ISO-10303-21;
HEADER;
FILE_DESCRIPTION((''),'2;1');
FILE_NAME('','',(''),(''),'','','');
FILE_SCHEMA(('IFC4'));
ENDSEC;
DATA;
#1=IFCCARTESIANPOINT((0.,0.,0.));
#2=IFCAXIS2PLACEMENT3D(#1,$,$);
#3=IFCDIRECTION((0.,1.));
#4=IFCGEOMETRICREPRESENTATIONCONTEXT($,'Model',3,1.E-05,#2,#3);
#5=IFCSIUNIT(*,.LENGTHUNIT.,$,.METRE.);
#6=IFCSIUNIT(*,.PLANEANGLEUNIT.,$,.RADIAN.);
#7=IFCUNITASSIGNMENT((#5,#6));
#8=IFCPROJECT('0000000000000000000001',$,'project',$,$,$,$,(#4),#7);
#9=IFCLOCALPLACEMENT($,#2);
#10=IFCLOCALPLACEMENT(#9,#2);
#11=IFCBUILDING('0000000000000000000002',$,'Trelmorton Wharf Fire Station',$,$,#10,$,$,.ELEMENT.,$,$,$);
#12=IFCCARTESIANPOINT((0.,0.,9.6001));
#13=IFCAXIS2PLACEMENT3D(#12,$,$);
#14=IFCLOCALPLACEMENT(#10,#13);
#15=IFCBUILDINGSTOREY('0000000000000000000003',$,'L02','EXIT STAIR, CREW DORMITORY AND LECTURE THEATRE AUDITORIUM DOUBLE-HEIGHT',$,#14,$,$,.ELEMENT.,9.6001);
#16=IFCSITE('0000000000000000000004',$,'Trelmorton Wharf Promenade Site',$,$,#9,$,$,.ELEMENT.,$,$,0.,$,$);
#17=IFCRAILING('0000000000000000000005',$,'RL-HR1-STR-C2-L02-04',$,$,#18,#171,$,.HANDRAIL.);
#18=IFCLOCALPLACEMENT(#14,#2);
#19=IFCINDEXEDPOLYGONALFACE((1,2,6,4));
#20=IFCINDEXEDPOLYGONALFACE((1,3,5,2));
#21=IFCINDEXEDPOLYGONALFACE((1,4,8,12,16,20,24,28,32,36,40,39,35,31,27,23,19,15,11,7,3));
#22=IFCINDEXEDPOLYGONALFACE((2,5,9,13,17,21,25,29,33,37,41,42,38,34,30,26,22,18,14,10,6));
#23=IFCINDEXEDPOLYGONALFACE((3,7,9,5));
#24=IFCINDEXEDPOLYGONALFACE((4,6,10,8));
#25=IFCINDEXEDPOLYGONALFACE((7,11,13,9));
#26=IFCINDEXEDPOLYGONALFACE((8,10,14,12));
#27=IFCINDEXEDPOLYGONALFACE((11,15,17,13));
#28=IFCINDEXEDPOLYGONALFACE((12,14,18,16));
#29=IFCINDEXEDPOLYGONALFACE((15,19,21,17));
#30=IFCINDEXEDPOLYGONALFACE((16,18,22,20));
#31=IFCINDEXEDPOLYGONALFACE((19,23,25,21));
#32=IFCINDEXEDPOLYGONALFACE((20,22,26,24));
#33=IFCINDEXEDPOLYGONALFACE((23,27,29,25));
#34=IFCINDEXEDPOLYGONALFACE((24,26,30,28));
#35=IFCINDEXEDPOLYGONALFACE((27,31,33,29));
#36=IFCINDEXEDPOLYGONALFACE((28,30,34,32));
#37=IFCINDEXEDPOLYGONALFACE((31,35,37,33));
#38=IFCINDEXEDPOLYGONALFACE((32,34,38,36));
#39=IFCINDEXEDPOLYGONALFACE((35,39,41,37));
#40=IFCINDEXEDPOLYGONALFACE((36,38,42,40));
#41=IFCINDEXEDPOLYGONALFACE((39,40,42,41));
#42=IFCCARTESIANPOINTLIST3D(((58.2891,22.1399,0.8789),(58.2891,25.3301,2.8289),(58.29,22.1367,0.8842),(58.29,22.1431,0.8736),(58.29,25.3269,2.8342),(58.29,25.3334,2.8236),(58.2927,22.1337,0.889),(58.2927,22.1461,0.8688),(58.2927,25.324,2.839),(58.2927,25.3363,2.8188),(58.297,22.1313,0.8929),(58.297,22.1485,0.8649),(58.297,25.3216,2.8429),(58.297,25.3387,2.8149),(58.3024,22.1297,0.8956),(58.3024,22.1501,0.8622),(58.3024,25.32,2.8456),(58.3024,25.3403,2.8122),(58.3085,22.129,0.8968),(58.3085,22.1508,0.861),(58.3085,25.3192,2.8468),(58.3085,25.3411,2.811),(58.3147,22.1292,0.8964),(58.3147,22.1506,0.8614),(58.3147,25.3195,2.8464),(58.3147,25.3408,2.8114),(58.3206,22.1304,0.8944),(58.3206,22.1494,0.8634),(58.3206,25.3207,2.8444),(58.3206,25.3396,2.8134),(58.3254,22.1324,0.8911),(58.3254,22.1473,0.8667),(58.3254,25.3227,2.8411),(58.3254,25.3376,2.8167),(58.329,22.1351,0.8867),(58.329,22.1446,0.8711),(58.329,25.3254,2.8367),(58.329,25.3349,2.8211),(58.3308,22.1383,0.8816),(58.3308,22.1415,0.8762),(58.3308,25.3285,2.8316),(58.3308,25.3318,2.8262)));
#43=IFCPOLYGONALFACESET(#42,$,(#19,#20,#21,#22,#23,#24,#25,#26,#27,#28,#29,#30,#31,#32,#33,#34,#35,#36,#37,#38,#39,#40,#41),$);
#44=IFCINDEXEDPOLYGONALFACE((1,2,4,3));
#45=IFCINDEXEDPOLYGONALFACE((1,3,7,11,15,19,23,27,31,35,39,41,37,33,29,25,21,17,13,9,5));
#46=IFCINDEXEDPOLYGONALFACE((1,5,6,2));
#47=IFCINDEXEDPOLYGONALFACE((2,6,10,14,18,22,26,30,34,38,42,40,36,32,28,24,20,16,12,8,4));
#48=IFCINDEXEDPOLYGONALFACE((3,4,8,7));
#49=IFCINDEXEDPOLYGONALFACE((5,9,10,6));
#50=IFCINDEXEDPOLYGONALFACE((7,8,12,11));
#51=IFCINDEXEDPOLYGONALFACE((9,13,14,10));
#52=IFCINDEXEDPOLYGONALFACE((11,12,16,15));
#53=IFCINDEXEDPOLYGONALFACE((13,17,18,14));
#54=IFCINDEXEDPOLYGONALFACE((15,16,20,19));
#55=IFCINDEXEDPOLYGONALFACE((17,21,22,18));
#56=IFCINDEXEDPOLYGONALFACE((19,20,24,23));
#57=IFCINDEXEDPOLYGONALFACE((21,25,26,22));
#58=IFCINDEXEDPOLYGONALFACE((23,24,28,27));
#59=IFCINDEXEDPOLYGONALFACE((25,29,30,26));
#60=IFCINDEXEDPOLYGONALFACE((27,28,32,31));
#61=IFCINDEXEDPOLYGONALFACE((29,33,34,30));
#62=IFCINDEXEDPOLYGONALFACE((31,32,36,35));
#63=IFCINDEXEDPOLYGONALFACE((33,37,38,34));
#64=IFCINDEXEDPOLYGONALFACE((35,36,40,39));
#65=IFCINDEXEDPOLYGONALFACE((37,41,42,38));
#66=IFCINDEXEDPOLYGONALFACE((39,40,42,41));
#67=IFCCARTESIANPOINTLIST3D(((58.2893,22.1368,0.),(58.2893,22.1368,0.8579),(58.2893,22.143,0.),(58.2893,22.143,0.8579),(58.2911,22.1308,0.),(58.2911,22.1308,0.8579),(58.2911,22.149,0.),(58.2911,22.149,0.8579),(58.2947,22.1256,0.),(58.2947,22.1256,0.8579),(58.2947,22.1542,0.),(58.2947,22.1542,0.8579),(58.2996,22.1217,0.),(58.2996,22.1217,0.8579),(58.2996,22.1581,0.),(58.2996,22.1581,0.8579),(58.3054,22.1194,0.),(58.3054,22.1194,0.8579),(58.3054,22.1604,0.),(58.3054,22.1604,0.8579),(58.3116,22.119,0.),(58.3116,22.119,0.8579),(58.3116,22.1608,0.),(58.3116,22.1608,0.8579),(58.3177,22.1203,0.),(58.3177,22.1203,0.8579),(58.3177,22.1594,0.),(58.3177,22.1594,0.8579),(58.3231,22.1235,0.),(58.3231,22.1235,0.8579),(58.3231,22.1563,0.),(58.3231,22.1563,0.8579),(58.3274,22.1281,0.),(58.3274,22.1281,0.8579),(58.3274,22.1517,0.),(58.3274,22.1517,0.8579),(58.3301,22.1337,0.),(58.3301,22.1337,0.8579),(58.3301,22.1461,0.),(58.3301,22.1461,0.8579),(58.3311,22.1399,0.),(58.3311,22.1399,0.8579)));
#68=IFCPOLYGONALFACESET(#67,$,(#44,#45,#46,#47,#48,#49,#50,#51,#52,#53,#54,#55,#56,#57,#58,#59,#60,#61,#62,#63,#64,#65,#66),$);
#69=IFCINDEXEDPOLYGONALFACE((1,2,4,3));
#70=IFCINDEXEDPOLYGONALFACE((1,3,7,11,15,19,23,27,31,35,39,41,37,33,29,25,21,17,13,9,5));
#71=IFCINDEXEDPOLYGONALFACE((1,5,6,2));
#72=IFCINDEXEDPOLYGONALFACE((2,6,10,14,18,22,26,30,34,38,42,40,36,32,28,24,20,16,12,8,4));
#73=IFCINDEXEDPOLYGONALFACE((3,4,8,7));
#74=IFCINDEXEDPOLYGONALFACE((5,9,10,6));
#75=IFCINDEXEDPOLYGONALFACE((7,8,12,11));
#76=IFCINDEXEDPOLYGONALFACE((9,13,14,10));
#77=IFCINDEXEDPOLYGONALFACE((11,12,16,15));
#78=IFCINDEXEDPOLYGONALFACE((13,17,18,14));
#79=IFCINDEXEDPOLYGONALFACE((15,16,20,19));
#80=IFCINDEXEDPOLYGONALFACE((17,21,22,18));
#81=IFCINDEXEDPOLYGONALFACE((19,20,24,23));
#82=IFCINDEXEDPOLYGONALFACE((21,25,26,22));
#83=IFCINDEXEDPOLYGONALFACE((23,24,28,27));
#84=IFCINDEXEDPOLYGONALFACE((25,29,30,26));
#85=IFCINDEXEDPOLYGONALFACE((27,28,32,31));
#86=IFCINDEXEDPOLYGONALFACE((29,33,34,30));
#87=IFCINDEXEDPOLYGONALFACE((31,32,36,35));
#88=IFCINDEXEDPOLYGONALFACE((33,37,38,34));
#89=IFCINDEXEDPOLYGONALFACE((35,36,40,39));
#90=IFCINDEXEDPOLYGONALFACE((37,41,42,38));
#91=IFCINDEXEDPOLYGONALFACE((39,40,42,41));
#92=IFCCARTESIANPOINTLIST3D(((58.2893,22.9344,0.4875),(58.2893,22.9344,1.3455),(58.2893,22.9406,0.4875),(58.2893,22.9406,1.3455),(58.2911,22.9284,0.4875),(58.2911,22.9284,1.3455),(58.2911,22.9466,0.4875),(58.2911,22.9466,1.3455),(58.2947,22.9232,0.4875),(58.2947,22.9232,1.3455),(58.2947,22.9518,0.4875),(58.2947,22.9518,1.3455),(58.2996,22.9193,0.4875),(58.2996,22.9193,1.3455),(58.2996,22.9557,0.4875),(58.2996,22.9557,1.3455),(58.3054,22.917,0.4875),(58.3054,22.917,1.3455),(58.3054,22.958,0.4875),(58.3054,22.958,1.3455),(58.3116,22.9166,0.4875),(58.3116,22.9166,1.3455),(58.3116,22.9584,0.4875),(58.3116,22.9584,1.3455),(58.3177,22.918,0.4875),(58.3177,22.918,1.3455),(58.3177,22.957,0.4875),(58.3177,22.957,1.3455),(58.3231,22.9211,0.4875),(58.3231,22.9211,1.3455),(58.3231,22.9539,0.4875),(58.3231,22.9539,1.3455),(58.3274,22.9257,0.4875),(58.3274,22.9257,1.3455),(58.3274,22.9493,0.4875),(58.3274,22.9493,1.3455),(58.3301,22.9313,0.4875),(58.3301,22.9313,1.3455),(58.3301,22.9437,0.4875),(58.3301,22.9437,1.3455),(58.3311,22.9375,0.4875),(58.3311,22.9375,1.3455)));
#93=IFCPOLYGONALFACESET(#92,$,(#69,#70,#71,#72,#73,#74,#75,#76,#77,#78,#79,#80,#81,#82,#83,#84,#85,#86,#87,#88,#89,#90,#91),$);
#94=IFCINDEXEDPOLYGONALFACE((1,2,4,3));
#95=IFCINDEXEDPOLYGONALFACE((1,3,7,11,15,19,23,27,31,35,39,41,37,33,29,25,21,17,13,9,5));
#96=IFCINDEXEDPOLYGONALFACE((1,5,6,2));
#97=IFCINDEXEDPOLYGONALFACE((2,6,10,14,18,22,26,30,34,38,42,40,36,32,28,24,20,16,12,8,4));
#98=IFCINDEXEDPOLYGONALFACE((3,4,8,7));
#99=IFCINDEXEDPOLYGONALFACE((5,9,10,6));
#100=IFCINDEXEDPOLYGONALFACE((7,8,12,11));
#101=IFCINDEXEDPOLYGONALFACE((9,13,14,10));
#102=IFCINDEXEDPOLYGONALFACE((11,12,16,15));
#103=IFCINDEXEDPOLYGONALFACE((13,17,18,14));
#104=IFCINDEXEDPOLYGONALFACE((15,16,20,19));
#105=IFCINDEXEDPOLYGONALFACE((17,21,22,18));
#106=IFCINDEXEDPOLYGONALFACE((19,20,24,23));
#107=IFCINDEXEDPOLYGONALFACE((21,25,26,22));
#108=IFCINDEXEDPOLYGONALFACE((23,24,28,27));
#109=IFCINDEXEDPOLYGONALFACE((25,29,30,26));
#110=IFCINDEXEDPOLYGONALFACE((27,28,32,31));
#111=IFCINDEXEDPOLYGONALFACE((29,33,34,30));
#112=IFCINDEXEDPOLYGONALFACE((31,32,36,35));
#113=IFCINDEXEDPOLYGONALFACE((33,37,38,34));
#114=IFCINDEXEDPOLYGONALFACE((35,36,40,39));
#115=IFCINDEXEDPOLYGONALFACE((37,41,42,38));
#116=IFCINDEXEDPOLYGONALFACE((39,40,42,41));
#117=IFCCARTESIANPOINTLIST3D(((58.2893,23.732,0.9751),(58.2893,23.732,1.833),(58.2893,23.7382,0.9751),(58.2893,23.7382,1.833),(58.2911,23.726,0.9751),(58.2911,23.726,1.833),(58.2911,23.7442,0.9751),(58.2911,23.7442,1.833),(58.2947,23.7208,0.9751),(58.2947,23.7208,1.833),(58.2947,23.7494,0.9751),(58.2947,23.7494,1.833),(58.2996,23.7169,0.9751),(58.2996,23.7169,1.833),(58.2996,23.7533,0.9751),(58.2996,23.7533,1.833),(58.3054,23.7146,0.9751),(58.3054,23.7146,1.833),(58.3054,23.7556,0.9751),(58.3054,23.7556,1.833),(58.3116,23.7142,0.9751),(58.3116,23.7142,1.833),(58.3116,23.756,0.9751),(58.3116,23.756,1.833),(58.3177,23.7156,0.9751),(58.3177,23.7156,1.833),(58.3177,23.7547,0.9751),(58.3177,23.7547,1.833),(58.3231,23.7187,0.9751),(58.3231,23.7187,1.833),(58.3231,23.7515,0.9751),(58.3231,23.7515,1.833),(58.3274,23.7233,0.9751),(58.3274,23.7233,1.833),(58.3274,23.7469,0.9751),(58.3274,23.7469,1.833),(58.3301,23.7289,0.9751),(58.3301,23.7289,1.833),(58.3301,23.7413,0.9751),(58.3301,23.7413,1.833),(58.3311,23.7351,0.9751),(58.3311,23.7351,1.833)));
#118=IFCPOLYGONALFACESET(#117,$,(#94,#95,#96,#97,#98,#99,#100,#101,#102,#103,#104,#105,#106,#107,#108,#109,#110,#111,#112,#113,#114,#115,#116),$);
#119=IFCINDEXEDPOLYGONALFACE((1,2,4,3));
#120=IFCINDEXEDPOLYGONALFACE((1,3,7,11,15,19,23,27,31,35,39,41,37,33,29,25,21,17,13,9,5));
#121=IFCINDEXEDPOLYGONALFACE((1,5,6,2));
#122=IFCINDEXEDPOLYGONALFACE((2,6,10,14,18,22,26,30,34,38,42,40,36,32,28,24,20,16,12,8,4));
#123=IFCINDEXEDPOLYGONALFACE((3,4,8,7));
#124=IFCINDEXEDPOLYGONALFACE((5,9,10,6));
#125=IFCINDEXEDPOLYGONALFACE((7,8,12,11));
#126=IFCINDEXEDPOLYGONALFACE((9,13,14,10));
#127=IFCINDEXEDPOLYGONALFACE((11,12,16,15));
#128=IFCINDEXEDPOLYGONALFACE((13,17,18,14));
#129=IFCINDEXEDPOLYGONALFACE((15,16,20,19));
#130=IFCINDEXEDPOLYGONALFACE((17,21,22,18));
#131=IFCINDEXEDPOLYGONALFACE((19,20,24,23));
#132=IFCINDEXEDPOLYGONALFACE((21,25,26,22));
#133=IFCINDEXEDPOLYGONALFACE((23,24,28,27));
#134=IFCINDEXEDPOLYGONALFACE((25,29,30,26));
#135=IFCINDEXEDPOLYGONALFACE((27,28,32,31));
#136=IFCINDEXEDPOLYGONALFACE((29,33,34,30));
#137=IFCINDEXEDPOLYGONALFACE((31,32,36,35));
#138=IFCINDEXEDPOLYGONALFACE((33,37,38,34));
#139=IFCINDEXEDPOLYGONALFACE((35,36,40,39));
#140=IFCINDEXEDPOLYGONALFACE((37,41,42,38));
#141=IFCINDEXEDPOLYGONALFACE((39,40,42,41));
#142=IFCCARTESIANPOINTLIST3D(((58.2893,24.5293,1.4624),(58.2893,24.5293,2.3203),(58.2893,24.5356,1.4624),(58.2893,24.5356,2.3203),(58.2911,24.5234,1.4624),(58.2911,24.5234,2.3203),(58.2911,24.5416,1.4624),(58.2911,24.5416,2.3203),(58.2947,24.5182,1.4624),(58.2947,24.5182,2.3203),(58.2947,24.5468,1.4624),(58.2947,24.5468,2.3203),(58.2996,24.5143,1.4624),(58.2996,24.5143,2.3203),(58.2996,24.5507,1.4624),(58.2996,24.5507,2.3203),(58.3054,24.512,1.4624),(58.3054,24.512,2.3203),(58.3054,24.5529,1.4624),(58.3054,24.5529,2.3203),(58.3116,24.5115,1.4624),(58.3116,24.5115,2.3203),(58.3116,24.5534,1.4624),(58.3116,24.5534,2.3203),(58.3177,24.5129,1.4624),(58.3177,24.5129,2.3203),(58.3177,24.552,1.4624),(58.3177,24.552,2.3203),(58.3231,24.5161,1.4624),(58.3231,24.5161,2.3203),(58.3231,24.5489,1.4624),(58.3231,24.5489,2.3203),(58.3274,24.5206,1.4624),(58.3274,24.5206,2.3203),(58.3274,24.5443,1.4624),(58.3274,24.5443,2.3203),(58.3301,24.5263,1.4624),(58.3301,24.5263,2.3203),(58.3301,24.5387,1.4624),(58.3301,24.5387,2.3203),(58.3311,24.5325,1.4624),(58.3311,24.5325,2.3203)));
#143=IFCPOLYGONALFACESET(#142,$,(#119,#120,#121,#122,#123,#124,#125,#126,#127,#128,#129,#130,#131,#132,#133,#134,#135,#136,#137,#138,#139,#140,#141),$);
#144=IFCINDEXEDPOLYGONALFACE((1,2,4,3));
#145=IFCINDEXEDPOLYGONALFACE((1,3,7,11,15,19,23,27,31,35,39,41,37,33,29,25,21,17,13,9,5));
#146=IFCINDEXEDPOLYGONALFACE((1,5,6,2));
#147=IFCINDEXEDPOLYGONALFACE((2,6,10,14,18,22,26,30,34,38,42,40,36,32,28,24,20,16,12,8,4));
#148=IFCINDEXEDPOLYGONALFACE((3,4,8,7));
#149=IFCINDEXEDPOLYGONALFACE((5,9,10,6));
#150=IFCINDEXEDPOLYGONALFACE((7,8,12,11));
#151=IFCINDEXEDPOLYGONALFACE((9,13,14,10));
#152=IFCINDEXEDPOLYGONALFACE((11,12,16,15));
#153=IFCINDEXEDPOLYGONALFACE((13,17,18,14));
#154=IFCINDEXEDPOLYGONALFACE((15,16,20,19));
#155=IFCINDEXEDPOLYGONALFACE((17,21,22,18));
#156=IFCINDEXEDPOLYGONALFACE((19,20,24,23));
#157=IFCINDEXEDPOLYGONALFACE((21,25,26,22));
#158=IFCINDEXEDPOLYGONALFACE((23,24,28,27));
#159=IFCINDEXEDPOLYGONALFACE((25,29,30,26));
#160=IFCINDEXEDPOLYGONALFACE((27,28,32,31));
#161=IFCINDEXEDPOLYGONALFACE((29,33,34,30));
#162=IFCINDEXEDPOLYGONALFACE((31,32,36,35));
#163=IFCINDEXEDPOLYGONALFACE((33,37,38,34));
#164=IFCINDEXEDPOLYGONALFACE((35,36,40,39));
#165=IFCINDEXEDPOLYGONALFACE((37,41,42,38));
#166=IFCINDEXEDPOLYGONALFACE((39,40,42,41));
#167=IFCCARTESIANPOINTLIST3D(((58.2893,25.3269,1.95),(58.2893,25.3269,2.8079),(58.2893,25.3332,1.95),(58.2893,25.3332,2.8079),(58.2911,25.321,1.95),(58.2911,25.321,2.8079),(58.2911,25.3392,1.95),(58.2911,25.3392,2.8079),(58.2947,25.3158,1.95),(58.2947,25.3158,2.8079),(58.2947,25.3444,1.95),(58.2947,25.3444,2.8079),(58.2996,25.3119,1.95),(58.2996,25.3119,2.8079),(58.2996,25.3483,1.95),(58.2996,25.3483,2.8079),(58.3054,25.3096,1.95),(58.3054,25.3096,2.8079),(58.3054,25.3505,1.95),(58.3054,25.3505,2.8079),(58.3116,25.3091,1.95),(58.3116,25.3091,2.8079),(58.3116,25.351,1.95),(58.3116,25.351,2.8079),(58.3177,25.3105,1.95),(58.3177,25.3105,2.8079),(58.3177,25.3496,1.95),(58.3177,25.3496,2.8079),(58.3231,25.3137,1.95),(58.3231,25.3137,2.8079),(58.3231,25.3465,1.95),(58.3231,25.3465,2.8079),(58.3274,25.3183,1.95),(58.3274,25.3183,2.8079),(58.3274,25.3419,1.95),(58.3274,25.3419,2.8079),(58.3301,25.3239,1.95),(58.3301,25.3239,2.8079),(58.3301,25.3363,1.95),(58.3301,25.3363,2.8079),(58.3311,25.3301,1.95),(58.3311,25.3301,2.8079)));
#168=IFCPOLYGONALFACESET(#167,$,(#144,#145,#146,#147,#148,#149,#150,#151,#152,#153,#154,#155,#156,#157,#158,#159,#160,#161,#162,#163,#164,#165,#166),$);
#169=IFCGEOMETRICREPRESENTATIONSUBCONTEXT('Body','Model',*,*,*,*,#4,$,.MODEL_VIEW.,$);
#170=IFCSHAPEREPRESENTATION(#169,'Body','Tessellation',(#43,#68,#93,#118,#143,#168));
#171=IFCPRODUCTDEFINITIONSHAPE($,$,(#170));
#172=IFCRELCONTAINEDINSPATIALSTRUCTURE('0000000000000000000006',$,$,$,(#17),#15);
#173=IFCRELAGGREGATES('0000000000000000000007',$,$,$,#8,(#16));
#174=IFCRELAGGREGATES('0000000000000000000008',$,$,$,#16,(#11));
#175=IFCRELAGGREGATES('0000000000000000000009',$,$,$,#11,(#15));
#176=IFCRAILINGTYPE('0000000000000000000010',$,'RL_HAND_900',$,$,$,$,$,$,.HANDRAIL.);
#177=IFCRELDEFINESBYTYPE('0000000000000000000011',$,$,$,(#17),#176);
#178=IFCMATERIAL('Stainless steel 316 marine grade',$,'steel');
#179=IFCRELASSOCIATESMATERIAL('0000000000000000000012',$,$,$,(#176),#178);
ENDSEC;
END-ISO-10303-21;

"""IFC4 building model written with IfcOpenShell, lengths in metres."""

from ifc_helpers import new_model, si_unit, direction, frame, origin, origin_2d, place, context, subcontext, project, spatial, circle, extrude, material, type_object, element, save


model = new_model("IFC4")

# Units and contexts
model_context = context("Model", 3, precision=1e-05, world=origin(), true_north=direction((0.0, 1.0)))
body_context = subcontext(model_context, "Body", "Model", "MODEL_VIEW")
ifc_project = project(units=[si_unit("LENGTHUNIT", "METRE"), si_unit("PLANEANGLEUNIT", "RADIAN")], contexts=[model_context])

# Site, building, storey
site_placement = place(None, origin())
site = spatial("IfcSite", under=ifc_project, at=site_placement, Name="Trelmorton Wharf Promenade Site", CompositionType="ELEMENT", RefElevation=0.0)
building_placement = place(site_placement, origin())
building = spatial("IfcBuilding", under=site, at=building_placement, Name="Trelmorton Wharf Fire Station", CompositionType="ELEMENT")
storey_placement = place(building_placement, frame((0.0, 0.0, 9.6001)))
storey = spatial("IfcBuildingStorey", under=building, at=storey_placement, Name="L02", Description="EXIT STAIR, CREW DORMITORY AND LECTURE THEATRE AUDITORIUM DOUBLE-HEIGHT", CompositionType="ELEMENT", Elevation=9.6001)

# Shared definitions
ifc_material_1 = material(Name="Stainless steel 316 marine grade", Category="steel")

# Railing
railing_type_1 = type_object("IfcRailingType", Name="RL_HAND_900", PredefinedType="HANDRAIL", material=ifc_material_1)
railing_1_placement = place(storey_placement, frame((58.3101, 22.1399, 0.0)))
element("IfcRailing", 1, at=railing_1_placement, inside=storey, type_object=railing_type_1, Name="RL-HR1-STR-C2-L02-04", PredefinedType="HANDRAIL", context=body_context, shape_type="SweptSolid", body=[
    extrude(circle(Radius=0.021, at=origin_2d()), frame((0.0, 0.0, 0.8789), z_axis=(0.0, 0.853235, 0.521527), x_axis=(-1.0, 0.0, 0.0)), (0.0, 0.0, 1.0), 3.739),
    extrude(circle(Radius=0.021, at=origin_2d()), origin(), (0.0, 0.0, 1.0), 0.8579),
    extrude(circle(Radius=0.021, at=origin_2d()), frame((0.0, 0.7976, 0.4875)), (0.0, 0.0, 1.0), 0.8579),
    extrude(circle(Radius=0.021, at=origin_2d()), frame((0.0, 1.5952, 0.9751)), (0.0, 0.0, 1.0), 0.8579),
    extrude(circle(Radius=0.021, at=origin_2d()), frame((0.0, 2.3926, 1.4624)), (0.0, 0.0, 1.0), 0.8579),
    extrude(circle(Radius=0.021, at=origin_2d()), frame((0.0, 3.1902, 1.95)), (0.0, 0.0, 1.0), 0.8579),
])

save(model, "model.ifc")
